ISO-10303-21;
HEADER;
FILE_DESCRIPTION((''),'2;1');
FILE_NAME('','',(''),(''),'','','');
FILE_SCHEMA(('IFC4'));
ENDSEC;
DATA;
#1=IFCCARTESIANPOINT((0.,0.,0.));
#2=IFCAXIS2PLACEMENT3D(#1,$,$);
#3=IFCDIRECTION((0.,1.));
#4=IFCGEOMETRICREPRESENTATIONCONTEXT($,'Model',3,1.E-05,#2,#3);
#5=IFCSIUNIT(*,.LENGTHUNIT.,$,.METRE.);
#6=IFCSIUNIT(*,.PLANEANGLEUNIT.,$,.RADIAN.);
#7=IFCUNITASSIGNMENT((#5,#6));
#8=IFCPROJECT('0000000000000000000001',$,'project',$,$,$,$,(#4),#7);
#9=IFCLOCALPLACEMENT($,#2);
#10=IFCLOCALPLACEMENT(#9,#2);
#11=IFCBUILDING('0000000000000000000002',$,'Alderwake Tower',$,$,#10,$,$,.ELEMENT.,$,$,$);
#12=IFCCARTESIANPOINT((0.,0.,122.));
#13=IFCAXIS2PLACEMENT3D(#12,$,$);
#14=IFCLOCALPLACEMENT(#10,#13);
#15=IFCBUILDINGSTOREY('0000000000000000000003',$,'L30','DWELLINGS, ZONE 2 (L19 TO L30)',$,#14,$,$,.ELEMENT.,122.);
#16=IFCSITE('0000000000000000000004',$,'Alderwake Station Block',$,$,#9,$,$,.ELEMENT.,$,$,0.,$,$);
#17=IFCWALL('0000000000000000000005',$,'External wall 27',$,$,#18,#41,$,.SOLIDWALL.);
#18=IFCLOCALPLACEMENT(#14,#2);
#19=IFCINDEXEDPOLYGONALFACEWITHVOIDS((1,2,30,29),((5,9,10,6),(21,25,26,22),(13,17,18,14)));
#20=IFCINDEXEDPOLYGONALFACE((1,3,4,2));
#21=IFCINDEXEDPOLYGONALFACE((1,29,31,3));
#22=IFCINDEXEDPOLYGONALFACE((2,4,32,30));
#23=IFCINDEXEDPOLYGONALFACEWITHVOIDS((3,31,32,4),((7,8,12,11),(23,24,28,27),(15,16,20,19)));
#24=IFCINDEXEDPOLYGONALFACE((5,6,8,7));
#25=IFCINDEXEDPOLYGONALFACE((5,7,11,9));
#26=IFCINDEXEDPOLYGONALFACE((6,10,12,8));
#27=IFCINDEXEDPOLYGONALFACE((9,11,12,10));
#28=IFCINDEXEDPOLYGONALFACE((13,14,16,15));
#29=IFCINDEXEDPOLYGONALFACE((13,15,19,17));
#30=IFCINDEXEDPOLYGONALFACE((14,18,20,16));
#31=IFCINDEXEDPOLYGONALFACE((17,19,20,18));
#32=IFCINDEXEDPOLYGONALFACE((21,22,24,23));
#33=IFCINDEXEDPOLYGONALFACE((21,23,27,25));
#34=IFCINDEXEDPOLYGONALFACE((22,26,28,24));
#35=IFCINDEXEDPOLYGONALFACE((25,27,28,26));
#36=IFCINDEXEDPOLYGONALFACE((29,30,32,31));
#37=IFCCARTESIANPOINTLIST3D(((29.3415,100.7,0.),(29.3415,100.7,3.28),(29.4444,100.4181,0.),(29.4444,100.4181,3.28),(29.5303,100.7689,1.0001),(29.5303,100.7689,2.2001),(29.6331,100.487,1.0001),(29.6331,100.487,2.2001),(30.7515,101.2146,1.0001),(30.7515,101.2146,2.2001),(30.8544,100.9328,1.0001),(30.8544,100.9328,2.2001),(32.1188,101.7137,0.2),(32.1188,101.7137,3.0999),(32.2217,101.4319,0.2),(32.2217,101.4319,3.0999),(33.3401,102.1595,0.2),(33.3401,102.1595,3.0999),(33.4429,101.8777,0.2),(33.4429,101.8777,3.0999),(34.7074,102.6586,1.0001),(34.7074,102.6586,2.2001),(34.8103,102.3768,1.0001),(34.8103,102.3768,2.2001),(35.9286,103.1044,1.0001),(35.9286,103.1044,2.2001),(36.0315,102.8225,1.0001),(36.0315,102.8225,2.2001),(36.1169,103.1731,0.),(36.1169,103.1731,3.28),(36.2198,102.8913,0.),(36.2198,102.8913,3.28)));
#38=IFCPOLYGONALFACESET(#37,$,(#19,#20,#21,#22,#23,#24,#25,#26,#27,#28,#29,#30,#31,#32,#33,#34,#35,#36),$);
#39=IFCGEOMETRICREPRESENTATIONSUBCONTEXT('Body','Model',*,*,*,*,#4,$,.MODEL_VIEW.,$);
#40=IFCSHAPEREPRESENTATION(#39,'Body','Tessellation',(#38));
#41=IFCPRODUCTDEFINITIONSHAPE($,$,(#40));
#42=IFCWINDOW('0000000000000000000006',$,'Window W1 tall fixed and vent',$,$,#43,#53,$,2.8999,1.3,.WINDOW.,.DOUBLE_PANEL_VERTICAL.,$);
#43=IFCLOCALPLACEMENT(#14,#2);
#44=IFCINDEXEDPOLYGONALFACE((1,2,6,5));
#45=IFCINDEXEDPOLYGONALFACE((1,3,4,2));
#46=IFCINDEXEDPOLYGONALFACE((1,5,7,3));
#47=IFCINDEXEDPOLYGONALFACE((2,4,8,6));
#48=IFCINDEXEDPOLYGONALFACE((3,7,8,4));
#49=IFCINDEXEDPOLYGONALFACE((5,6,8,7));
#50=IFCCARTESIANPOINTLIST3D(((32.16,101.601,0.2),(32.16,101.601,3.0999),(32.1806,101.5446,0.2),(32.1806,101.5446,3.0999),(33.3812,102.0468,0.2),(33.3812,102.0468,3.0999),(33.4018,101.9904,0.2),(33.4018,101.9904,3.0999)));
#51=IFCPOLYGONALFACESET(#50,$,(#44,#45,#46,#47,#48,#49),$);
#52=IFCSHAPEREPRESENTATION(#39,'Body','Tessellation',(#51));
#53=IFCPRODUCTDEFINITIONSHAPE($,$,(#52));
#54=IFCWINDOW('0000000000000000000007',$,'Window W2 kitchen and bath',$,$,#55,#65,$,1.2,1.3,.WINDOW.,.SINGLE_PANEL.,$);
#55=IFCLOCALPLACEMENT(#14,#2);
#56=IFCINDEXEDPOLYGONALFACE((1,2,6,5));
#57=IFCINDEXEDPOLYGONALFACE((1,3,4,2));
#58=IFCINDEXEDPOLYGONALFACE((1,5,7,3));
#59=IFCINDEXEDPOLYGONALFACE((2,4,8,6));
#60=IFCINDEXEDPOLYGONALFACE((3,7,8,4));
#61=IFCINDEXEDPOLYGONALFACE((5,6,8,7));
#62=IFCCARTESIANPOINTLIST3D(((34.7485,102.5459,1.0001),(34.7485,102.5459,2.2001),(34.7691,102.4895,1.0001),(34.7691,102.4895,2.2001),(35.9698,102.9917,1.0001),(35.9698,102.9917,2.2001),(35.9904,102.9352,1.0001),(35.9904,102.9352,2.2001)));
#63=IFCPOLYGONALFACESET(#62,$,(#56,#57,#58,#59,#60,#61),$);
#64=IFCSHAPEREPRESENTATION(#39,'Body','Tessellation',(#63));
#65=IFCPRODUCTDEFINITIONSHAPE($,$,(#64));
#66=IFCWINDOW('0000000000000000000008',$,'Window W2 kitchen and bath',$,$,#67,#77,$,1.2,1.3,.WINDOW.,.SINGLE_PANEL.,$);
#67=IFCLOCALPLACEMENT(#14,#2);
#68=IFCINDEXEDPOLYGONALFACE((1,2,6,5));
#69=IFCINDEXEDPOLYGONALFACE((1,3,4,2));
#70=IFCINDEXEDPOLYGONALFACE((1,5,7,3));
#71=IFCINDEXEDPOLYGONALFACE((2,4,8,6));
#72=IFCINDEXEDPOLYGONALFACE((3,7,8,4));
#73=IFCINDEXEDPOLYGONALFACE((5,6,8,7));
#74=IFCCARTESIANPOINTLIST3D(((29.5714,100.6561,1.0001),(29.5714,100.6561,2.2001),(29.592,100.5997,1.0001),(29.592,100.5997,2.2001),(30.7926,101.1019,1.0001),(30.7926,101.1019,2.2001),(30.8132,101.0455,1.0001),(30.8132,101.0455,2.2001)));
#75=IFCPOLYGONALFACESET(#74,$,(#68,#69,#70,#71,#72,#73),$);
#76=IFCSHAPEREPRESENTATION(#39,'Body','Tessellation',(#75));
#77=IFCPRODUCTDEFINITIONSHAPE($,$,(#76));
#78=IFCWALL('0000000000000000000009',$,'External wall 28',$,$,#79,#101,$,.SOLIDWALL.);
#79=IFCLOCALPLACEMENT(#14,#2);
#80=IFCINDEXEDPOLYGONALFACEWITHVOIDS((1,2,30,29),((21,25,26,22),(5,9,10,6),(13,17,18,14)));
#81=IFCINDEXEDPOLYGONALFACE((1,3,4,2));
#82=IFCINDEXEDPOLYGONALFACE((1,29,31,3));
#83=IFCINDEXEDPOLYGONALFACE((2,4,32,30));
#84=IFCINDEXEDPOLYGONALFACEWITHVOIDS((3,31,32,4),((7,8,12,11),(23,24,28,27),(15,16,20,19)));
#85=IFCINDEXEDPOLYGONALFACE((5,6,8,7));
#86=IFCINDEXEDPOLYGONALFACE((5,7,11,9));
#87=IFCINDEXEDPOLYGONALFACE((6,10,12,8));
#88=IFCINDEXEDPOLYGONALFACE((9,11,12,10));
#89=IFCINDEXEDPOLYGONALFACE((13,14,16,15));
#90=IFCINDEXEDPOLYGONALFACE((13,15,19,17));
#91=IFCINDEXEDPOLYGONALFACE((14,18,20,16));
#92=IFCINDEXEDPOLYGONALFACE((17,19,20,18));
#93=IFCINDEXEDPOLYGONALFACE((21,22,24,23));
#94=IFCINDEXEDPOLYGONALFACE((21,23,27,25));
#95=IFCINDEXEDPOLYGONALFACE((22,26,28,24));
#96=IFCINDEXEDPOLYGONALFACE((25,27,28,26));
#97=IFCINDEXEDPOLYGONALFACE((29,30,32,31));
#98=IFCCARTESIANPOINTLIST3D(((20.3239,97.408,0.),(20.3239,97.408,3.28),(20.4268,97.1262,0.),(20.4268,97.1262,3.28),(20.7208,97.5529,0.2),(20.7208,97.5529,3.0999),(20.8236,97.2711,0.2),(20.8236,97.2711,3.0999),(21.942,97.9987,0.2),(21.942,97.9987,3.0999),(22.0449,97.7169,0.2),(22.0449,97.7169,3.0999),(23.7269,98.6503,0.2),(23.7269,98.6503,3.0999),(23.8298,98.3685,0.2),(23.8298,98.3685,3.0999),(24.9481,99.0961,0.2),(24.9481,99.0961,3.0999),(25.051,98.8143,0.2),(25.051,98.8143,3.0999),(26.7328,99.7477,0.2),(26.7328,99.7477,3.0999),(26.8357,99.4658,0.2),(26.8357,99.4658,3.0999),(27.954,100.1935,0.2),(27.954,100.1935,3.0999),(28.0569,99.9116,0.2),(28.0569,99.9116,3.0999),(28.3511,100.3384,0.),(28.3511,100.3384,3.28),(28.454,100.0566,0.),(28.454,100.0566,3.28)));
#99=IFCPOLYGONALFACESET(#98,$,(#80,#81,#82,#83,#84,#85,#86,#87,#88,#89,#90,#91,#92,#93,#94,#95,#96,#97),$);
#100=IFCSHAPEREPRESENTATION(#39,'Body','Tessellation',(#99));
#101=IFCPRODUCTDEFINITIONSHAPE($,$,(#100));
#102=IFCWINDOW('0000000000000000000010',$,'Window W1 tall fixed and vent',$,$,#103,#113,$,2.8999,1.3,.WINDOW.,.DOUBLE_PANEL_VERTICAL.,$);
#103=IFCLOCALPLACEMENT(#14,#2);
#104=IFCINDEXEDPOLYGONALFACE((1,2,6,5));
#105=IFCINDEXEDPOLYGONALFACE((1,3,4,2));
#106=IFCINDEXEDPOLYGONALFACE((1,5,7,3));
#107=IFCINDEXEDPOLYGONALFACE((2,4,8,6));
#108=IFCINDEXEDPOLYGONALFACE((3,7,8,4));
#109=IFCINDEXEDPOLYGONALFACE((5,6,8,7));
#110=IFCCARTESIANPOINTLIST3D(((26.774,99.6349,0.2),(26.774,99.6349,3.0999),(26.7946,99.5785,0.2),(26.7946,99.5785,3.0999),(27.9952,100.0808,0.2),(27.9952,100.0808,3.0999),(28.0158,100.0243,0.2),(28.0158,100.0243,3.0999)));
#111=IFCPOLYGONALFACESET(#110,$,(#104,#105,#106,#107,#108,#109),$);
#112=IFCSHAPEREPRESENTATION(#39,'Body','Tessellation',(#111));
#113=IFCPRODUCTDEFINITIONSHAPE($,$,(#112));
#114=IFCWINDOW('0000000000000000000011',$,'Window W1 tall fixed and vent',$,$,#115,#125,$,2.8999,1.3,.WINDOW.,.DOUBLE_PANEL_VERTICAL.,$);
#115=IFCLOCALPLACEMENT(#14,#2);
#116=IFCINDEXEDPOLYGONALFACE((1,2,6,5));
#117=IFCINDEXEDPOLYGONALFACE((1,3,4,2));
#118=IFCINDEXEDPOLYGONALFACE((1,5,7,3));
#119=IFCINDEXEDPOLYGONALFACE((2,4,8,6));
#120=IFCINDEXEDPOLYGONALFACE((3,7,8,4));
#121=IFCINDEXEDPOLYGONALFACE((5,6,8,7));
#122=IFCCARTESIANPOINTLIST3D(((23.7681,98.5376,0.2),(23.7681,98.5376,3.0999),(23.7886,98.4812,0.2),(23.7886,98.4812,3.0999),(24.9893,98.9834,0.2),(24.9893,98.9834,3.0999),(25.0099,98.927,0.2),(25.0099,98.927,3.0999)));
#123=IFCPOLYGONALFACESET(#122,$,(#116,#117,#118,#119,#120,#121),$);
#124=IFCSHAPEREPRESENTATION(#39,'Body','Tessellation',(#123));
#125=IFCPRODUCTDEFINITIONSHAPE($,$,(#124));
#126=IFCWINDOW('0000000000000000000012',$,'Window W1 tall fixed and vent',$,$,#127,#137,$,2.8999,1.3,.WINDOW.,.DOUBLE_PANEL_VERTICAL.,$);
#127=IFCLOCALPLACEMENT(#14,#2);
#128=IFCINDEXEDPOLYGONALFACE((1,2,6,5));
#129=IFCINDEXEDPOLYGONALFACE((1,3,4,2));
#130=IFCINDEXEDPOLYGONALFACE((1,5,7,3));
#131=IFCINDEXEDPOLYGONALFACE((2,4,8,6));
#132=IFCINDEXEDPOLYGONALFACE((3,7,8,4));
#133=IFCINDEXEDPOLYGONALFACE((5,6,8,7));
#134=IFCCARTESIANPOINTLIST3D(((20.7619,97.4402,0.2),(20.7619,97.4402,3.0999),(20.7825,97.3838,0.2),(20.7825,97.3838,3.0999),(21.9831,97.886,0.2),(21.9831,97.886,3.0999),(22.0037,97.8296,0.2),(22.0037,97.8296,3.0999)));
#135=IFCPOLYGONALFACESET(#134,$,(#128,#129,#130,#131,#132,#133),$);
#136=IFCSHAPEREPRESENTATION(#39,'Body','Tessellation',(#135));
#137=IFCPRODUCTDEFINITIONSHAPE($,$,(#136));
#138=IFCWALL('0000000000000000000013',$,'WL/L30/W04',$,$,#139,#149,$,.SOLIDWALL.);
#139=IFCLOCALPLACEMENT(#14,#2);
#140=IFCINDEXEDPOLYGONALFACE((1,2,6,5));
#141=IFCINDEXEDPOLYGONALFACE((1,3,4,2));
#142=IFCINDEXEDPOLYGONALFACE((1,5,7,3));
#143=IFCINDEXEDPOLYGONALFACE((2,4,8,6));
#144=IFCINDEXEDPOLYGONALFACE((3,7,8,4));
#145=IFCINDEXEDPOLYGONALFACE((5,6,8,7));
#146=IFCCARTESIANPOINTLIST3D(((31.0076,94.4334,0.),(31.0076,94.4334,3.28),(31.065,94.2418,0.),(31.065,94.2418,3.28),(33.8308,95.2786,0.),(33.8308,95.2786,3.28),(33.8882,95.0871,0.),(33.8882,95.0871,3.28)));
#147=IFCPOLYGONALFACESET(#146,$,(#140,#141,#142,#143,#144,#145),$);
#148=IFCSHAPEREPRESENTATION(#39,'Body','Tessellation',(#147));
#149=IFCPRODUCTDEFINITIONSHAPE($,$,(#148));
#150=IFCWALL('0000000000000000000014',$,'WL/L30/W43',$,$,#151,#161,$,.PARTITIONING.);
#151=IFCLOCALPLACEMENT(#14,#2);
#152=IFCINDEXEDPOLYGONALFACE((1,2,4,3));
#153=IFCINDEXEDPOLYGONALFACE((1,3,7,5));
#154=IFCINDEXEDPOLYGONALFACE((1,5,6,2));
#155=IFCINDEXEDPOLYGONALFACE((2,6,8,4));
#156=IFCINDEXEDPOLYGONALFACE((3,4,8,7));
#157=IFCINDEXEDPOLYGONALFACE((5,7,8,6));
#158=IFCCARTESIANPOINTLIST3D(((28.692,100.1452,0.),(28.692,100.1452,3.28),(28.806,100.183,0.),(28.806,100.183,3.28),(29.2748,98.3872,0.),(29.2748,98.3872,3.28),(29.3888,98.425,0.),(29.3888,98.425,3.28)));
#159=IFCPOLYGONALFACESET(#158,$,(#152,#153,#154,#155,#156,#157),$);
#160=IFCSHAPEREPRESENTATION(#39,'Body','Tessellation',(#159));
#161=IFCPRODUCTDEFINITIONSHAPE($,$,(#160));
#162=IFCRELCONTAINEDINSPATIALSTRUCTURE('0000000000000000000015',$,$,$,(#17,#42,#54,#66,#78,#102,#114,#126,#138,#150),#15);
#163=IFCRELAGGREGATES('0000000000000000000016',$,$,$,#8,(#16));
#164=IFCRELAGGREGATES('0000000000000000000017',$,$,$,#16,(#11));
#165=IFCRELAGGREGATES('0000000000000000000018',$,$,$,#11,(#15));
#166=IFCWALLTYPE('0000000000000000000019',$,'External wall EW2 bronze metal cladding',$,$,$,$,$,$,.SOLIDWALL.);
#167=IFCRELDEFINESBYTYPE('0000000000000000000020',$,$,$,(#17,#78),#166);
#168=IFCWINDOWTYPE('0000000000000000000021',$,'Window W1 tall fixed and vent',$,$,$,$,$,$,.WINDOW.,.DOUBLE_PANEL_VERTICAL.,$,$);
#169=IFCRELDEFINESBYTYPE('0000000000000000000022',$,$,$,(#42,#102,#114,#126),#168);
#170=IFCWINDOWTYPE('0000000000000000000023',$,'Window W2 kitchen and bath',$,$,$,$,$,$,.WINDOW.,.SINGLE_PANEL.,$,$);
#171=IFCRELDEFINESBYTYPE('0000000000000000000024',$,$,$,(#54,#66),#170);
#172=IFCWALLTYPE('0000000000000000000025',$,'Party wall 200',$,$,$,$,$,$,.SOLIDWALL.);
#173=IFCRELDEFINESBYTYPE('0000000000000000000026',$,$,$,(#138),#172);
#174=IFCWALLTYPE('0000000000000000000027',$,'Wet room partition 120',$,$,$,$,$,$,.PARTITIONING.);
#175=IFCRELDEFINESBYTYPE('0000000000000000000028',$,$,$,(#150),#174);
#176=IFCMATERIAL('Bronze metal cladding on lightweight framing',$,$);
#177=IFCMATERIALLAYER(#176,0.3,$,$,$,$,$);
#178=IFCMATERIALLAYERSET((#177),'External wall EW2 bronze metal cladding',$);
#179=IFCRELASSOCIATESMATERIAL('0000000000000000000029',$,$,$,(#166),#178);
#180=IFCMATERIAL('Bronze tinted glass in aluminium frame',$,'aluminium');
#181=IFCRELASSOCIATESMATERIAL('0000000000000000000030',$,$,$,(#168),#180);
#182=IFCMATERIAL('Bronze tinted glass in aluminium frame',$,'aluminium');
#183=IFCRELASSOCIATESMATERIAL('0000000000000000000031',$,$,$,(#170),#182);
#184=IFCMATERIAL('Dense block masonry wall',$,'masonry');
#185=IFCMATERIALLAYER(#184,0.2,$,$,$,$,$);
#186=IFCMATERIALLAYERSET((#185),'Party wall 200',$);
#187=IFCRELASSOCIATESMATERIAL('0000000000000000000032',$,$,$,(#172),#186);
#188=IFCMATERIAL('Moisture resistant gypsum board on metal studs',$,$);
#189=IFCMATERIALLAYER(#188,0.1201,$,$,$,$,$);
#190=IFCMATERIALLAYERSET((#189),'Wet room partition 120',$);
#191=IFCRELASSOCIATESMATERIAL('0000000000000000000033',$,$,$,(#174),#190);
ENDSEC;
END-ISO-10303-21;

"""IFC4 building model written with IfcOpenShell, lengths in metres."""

from ifc_helpers import new_model, si_unit, direction, frame, frame_2d, origin, place, context, subcontext, project, spatial, rectangle, extrude, material, layer, layer_set, type_object, element, fill, save


model = new_model("IFC4")

# Units and contexts
model_context = context("Model", 3, precision=1e-05, world=origin(), true_north=direction((0.0, 1.0)))
body_context = subcontext(model_context, "Body", "Model", "MODEL_VIEW")
ifc_project = project(units=[si_unit("LENGTHUNIT", "METRE"), si_unit("PLANEANGLEUNIT", "RADIAN")], contexts=[model_context])

# Site, building, storey
site_placement = place(None, origin())
site = spatial("IfcSite", under=ifc_project, at=site_placement, Name="Alderwake Station Block", CompositionType="ELEMENT", RefElevation=0.0)
building_placement = place(site_placement, origin())
building = spatial("IfcBuilding", under=site, at=building_placement, Name="Alderwake Tower", CompositionType="ELEMENT")
storey_placement = place(building_placement, frame((0.0, 0.0, 122.0)))
storey = spatial("IfcBuildingStorey", under=building, at=storey_placement, Name="L30", Description="DWELLINGS, ZONE 2 (L19 TO L30)", CompositionType="ELEMENT", Elevation=122.0)

# Walls, openings, windows
ifc_material_1 = material(Name="Bronze metal cladding on lightweight framing")
ifc_layer_1 = layer(ifc_material_1, 0.3)
ifc_layer_set_1 = layer_set([ifc_layer_1], Name="External wall EW2 bronze metal cladding")
wall_type_1 = type_object("IfcWallType", Name="External wall EW2 bronze metal cladding", PredefinedType="SOLIDWALL", material=ifc_layer_set_1)
wall_1_placement = place(storey_placement, frame((36.1685, 103.0322, 0.0), z_axis=(0.0, 0.0, 1.0), x_axis=(-0.939376, -0.34289, 0.0)))
wall_1 = element("IfcWall", 1, at=wall_1_placement, inside=storey, type_object=wall_type_1, Name="External wall 27", PredefinedType="SOLIDWALL", context=body_context, shape_type="SweptSolid", body=[
    extrude(rectangle(XDim=7.2126, YDim=0.3, at=frame_2d((3.6064, 0.0))), origin(), (0.0, 0.0, 1.0), 3.28),
])
opening_1_placement = place(wall_1_placement, frame((0.2007, 0.0, 1.0)))
opening_1 = element("IfcOpeningElement", 2, at=opening_1_placement, cuts=wall_1, PredefinedType="OPENING", context=body_context, shape_type="SweptSolid", body=[
    extrude(rectangle(XDim=1.3, YDim=1.2, at=frame_2d((0.6499, 0.6001))), frame((0.0, 0.1599, 0.0), z_axis=(0.0, -1.0, 0.0), x_axis=(1.0, 0.0, 0.0)), (0.0, 0.0, 1.0), 0.3201),
])
opening_2_placement = place(wall_1_placement, frame((2.9563, 0.0, 0.2)))
opening_2 = element("IfcOpeningElement", 3, at=opening_2_placement, cuts=wall_1, PredefinedType="OPENING", context=body_context, shape_type="SweptSolid", body=[
    extrude(rectangle(XDim=1.3, YDim=2.8999, at=frame_2d((0.6499, 1.45))), frame((0.0, 0.1599, 0.0), z_axis=(0.0, -1.0, 0.0), x_axis=(1.0, 0.0, 0.0)), (0.0, 0.0, 1.0), 0.3201),
])
opening_3_placement = place(wall_1_placement, frame((5.7119, 0.0, 1.0)))
opening_3 = element("IfcOpeningElement", 4, at=opening_3_placement, cuts=wall_1, PredefinedType="OPENING", context=body_context, shape_type="SweptSolid", body=[
    extrude(rectangle(XDim=1.3, YDim=1.2, at=frame_2d((0.6499, 0.6001))), frame((0.0, 0.1599, 0.0), z_axis=(0.0, -1.0, 0.0), x_axis=(1.0, 0.0, 0.0)), (0.0, 0.0, 1.0), 0.3201),
])
ifc_material_2 = material(Name="Bronze tinted glass in aluminium frame", Category="aluminium")
window_type_1 = type_object("IfcWindowType", Name="Window W1 tall fixed and vent", PartitioningType="DOUBLE_PANEL_VERTICAL", PredefinedType="WINDOW", material=ifc_material_2)
window_1_placement = place(opening_2_placement, origin())
window_1 = element("IfcWindow", 5, at=window_1_placement, inside=storey, type_object=window_type_1, Name="Window W1 tall fixed and vent", OverallHeight=2.8999, OverallWidth=1.3, PartitioningType="DOUBLE_PANEL_VERTICAL", PredefinedType="WINDOW", context=body_context, shape_type="SweptSolid", body=[
    extrude(rectangle(XDim=1.3, YDim=2.8999, at=frame_2d((0.6499, 1.45))), frame((0.0, 0.03, 0.0), z_axis=(0.0, -1.0, 0.0), x_axis=(1.0, 0.0, 0.0)), (0.0, 0.0, 1.0), 0.0601),
])
fill(opening_2, window_1)
ifc_material_3 = material(Name="Bronze tinted glass in aluminium frame", Category="aluminium")
window_type_2 = type_object("IfcWindowType", Name="Window W2 kitchen and bath", PartitioningType="SINGLE_PANEL", PredefinedType="WINDOW", material=ifc_material_3)
window_2_placement = place(opening_1_placement, origin())
window_2 = element("IfcWindow", 6, at=window_2_placement, inside=storey, type_object=window_type_2, Name="Window W2 kitchen and bath", OverallHeight=1.2, OverallWidth=1.3, PartitioningType="SINGLE_PANEL", PredefinedType="WINDOW", context=body_context, shape_type="SweptSolid", body=[
    extrude(rectangle(XDim=1.3, YDim=1.2, at=frame_2d((0.6499, 0.6001))), frame((0.0, 0.03, 0.0), z_axis=(0.0, -1.0, 0.0), x_axis=(1.0, 0.0, 0.0)), (0.0, 0.0, 1.0), 0.0601),
])
fill(opening_1, window_2)
window_3_placement = place(opening_3_placement, origin())
window_3 = element("IfcWindow", 7, at=window_3_placement, inside=storey, type_object=window_type_2, Name="Window W2 kitchen and bath", OverallHeight=1.2, OverallWidth=1.3, PartitioningType="SINGLE_PANEL", PredefinedType="WINDOW", context=body_context, shape_type="SweptSolid", body=[
    extrude(rectangle(XDim=1.3, YDim=1.2, at=frame_2d((0.6499, 0.6001))), frame((0.0, 0.03, 0.0), z_axis=(0.0, -1.0, 0.0), x_axis=(1.0, 0.0, 0.0)), (0.0, 0.0, 1.0), 0.0601),
])
fill(opening_3, window_3)
wall_2_placement = place(storey_placement, frame((28.4026, 100.1975, 0.0), z_axis=(0.0, 0.0, 1.0), x_axis=(-0.939365, -0.34292, 0.0)))
wall_2 = element("IfcWall", 8, at=wall_2_placement, inside=storey, type_object=wall_type_1, Name="External wall 28", PredefinedType="SOLIDWALL", context=body_context, shape_type="SweptSolid", body=[
    extrude(rectangle(XDim=8.5454, YDim=0.3, at=frame_2d((4.2727, 0.0))), origin(), (0.0, 0.0, 1.0), 3.28),
])
opening_4_placement = place(wall_2_placement, frame((0.4229, 0.0, 0.2)))
opening_4 = element("IfcOpeningElement", 9, at=opening_4_placement, cuts=wall_2, PredefinedType="OPENING", context=body_context, shape_type="SweptSolid", body=[
    extrude(rectangle(XDim=1.3, YDim=2.8999, at=frame_2d((0.6499, 1.45))), frame((0.0, 0.1599, 0.0), z_axis=(0.0, -1.0, 0.0), x_axis=(1.0, 0.0, 0.0)), (0.0, 0.0, 1.0), 0.3201),
])
opening_5_placement = place(wall_2_placement, frame((3.6228, 0.0, 0.2)))
opening_5 = element("IfcOpeningElement", 10, at=opening_5_placement, cuts=wall_2, PredefinedType="OPENING", context=body_context, shape_type="SweptSolid", body=[
    extrude(rectangle(XDim=1.3, YDim=2.8999, at=frame_2d((0.6499, 1.45))), frame((0.0, 0.1599, 0.0), z_axis=(0.0, -1.0, 0.0), x_axis=(1.0, 0.0, 0.0)), (0.0, 0.0, 1.0), 0.3201),
])
opening_6_placement = place(wall_2_placement, frame((6.823, 0.0, 0.2)))
opening_6 = element("IfcOpeningElement", 11, at=opening_6_placement, cuts=wall_2, PredefinedType="OPENING", context=body_context, shape_type="SweptSolid", body=[
    extrude(rectangle(XDim=1.3, YDim=2.8999, at=frame_2d((0.6499, 1.45))), frame((0.0, 0.1599, 0.0), z_axis=(0.0, -1.0, 0.0), x_axis=(1.0, 0.0, 0.0)), (0.0, 0.0, 1.0), 0.3201),
])
window_4_placement = place(opening_4_placement, origin())
window_4 = element("IfcWindow", 12, at=window_4_placement, inside=storey, type_object=window_type_1, Name="Window W1 tall fixed and vent", OverallHeight=2.8999, OverallWidth=1.3, PartitioningType="DOUBLE_PANEL_VERTICAL", PredefinedType="WINDOW", context=body_context, shape_type="SweptSolid", body=[
    extrude(rectangle(XDim=1.3, YDim=2.8999, at=frame_2d((0.6499, 1.45))), frame((0.0, 0.03, 0.0), z_axis=(0.0, -1.0, 0.0), x_axis=(1.0, 0.0, 0.0)), (0.0, 0.0, 1.0), 0.0601),
])
fill(opening_4, window_4)
window_5_placement = place(opening_5_placement, origin())
window_5 = element("IfcWindow", 13, at=window_5_placement, inside=storey, type_object=window_type_1, Name="Window W1 tall fixed and vent", OverallHeight=2.8999, OverallWidth=1.3, PartitioningType="DOUBLE_PANEL_VERTICAL", PredefinedType="WINDOW", context=body_context, shape_type="SweptSolid", body=[
    extrude(rectangle(XDim=1.3, YDim=2.8999, at=frame_2d((0.6499, 1.45))), frame((0.0, 0.03, 0.0), z_axis=(0.0, -1.0, 0.0), x_axis=(1.0, 0.0, 0.0)), (0.0, 0.0, 1.0), 0.0601),
])
fill(opening_5, window_5)
window_6_placement = place(opening_6_placement, origin())
window_6 = element("IfcWindow", 14, at=window_6_placement, inside=storey, type_object=window_type_1, Name="Window W1 tall fixed and vent", OverallHeight=2.8999, OverallWidth=1.3, PartitioningType="DOUBLE_PANEL_VERTICAL", PredefinedType="WINDOW", context=body_context, shape_type="SweptSolid", body=[
    extrude(rectangle(XDim=1.3, YDim=2.8999, at=frame_2d((0.6499, 1.45))), frame((0.0, 0.03, 0.0), z_axis=(0.0, -1.0, 0.0), x_axis=(1.0, 0.0, 0.0)), (0.0, 0.0, 1.0), 0.0601),
])
fill(opening_6, window_6)

# Walls
ifc_material_4 = material(Name="Dense block masonry wall", Category="masonry")
ifc_layer_2 = layer(ifc_material_4, 0.2)
ifc_layer_set_2 = layer_set([ifc_layer_2], Name="Party wall 200")
wall_type_2 = type_object("IfcWallType", Name="Party wall 200", PredefinedType="SOLIDWALL", material=ifc_layer_set_2)
wall_3_placement = place(storey_placement, frame((33.8596, 95.1829, 0.0), z_axis=(0.0, 0.0, 1.0), x_axis=(-0.95799, -0.286801, 0.0)))
element("IfcWall", 15, at=wall_3_placement, inside=storey, type_object=wall_type_2, Name="WL/L30/W04", PredefinedType="SOLIDWALL", context=body_context, shape_type="SweptSolid", body=[
    extrude(rectangle(XDim=2.947, YDim=0.2, at=frame_2d((1.4736, 0.0))), origin(), (0.0, 0.0, 1.0), 3.28),
])
ifc_material_5 = material(Name="Moisture resistant gypsum board on metal studs")
ifc_layer_3 = layer(ifc_material_5, 0.1201)
ifc_layer_set_3 = layer_set([ifc_layer_3], Name="Wet room partition 120")
wall_type_3 = type_object("IfcWallType", Name="Wet room partition 120", PredefinedType="PARTITIONING", material=ifc_layer_set_3)
wall_4_placement = place(storey_placement, frame((28.749, 100.1641, 0.0), z_axis=(0.0, 0.0, 1.0), x_axis=(0.314646, -0.949209, 0.0)))
element("IfcWall", 16, at=wall_4_placement, inside=storey, type_object=wall_type_3, Name="WL/L30/W43", PredefinedType="PARTITIONING", context=body_context, shape_type="SweptSolid", body=[
    extrude(rectangle(XDim=1.8521, YDim=0.1201, at=frame_2d((0.926, 0.0))), origin(), (0.0, 0.0, 1.0), 3.28),
])

save(model, "model.ifc")
